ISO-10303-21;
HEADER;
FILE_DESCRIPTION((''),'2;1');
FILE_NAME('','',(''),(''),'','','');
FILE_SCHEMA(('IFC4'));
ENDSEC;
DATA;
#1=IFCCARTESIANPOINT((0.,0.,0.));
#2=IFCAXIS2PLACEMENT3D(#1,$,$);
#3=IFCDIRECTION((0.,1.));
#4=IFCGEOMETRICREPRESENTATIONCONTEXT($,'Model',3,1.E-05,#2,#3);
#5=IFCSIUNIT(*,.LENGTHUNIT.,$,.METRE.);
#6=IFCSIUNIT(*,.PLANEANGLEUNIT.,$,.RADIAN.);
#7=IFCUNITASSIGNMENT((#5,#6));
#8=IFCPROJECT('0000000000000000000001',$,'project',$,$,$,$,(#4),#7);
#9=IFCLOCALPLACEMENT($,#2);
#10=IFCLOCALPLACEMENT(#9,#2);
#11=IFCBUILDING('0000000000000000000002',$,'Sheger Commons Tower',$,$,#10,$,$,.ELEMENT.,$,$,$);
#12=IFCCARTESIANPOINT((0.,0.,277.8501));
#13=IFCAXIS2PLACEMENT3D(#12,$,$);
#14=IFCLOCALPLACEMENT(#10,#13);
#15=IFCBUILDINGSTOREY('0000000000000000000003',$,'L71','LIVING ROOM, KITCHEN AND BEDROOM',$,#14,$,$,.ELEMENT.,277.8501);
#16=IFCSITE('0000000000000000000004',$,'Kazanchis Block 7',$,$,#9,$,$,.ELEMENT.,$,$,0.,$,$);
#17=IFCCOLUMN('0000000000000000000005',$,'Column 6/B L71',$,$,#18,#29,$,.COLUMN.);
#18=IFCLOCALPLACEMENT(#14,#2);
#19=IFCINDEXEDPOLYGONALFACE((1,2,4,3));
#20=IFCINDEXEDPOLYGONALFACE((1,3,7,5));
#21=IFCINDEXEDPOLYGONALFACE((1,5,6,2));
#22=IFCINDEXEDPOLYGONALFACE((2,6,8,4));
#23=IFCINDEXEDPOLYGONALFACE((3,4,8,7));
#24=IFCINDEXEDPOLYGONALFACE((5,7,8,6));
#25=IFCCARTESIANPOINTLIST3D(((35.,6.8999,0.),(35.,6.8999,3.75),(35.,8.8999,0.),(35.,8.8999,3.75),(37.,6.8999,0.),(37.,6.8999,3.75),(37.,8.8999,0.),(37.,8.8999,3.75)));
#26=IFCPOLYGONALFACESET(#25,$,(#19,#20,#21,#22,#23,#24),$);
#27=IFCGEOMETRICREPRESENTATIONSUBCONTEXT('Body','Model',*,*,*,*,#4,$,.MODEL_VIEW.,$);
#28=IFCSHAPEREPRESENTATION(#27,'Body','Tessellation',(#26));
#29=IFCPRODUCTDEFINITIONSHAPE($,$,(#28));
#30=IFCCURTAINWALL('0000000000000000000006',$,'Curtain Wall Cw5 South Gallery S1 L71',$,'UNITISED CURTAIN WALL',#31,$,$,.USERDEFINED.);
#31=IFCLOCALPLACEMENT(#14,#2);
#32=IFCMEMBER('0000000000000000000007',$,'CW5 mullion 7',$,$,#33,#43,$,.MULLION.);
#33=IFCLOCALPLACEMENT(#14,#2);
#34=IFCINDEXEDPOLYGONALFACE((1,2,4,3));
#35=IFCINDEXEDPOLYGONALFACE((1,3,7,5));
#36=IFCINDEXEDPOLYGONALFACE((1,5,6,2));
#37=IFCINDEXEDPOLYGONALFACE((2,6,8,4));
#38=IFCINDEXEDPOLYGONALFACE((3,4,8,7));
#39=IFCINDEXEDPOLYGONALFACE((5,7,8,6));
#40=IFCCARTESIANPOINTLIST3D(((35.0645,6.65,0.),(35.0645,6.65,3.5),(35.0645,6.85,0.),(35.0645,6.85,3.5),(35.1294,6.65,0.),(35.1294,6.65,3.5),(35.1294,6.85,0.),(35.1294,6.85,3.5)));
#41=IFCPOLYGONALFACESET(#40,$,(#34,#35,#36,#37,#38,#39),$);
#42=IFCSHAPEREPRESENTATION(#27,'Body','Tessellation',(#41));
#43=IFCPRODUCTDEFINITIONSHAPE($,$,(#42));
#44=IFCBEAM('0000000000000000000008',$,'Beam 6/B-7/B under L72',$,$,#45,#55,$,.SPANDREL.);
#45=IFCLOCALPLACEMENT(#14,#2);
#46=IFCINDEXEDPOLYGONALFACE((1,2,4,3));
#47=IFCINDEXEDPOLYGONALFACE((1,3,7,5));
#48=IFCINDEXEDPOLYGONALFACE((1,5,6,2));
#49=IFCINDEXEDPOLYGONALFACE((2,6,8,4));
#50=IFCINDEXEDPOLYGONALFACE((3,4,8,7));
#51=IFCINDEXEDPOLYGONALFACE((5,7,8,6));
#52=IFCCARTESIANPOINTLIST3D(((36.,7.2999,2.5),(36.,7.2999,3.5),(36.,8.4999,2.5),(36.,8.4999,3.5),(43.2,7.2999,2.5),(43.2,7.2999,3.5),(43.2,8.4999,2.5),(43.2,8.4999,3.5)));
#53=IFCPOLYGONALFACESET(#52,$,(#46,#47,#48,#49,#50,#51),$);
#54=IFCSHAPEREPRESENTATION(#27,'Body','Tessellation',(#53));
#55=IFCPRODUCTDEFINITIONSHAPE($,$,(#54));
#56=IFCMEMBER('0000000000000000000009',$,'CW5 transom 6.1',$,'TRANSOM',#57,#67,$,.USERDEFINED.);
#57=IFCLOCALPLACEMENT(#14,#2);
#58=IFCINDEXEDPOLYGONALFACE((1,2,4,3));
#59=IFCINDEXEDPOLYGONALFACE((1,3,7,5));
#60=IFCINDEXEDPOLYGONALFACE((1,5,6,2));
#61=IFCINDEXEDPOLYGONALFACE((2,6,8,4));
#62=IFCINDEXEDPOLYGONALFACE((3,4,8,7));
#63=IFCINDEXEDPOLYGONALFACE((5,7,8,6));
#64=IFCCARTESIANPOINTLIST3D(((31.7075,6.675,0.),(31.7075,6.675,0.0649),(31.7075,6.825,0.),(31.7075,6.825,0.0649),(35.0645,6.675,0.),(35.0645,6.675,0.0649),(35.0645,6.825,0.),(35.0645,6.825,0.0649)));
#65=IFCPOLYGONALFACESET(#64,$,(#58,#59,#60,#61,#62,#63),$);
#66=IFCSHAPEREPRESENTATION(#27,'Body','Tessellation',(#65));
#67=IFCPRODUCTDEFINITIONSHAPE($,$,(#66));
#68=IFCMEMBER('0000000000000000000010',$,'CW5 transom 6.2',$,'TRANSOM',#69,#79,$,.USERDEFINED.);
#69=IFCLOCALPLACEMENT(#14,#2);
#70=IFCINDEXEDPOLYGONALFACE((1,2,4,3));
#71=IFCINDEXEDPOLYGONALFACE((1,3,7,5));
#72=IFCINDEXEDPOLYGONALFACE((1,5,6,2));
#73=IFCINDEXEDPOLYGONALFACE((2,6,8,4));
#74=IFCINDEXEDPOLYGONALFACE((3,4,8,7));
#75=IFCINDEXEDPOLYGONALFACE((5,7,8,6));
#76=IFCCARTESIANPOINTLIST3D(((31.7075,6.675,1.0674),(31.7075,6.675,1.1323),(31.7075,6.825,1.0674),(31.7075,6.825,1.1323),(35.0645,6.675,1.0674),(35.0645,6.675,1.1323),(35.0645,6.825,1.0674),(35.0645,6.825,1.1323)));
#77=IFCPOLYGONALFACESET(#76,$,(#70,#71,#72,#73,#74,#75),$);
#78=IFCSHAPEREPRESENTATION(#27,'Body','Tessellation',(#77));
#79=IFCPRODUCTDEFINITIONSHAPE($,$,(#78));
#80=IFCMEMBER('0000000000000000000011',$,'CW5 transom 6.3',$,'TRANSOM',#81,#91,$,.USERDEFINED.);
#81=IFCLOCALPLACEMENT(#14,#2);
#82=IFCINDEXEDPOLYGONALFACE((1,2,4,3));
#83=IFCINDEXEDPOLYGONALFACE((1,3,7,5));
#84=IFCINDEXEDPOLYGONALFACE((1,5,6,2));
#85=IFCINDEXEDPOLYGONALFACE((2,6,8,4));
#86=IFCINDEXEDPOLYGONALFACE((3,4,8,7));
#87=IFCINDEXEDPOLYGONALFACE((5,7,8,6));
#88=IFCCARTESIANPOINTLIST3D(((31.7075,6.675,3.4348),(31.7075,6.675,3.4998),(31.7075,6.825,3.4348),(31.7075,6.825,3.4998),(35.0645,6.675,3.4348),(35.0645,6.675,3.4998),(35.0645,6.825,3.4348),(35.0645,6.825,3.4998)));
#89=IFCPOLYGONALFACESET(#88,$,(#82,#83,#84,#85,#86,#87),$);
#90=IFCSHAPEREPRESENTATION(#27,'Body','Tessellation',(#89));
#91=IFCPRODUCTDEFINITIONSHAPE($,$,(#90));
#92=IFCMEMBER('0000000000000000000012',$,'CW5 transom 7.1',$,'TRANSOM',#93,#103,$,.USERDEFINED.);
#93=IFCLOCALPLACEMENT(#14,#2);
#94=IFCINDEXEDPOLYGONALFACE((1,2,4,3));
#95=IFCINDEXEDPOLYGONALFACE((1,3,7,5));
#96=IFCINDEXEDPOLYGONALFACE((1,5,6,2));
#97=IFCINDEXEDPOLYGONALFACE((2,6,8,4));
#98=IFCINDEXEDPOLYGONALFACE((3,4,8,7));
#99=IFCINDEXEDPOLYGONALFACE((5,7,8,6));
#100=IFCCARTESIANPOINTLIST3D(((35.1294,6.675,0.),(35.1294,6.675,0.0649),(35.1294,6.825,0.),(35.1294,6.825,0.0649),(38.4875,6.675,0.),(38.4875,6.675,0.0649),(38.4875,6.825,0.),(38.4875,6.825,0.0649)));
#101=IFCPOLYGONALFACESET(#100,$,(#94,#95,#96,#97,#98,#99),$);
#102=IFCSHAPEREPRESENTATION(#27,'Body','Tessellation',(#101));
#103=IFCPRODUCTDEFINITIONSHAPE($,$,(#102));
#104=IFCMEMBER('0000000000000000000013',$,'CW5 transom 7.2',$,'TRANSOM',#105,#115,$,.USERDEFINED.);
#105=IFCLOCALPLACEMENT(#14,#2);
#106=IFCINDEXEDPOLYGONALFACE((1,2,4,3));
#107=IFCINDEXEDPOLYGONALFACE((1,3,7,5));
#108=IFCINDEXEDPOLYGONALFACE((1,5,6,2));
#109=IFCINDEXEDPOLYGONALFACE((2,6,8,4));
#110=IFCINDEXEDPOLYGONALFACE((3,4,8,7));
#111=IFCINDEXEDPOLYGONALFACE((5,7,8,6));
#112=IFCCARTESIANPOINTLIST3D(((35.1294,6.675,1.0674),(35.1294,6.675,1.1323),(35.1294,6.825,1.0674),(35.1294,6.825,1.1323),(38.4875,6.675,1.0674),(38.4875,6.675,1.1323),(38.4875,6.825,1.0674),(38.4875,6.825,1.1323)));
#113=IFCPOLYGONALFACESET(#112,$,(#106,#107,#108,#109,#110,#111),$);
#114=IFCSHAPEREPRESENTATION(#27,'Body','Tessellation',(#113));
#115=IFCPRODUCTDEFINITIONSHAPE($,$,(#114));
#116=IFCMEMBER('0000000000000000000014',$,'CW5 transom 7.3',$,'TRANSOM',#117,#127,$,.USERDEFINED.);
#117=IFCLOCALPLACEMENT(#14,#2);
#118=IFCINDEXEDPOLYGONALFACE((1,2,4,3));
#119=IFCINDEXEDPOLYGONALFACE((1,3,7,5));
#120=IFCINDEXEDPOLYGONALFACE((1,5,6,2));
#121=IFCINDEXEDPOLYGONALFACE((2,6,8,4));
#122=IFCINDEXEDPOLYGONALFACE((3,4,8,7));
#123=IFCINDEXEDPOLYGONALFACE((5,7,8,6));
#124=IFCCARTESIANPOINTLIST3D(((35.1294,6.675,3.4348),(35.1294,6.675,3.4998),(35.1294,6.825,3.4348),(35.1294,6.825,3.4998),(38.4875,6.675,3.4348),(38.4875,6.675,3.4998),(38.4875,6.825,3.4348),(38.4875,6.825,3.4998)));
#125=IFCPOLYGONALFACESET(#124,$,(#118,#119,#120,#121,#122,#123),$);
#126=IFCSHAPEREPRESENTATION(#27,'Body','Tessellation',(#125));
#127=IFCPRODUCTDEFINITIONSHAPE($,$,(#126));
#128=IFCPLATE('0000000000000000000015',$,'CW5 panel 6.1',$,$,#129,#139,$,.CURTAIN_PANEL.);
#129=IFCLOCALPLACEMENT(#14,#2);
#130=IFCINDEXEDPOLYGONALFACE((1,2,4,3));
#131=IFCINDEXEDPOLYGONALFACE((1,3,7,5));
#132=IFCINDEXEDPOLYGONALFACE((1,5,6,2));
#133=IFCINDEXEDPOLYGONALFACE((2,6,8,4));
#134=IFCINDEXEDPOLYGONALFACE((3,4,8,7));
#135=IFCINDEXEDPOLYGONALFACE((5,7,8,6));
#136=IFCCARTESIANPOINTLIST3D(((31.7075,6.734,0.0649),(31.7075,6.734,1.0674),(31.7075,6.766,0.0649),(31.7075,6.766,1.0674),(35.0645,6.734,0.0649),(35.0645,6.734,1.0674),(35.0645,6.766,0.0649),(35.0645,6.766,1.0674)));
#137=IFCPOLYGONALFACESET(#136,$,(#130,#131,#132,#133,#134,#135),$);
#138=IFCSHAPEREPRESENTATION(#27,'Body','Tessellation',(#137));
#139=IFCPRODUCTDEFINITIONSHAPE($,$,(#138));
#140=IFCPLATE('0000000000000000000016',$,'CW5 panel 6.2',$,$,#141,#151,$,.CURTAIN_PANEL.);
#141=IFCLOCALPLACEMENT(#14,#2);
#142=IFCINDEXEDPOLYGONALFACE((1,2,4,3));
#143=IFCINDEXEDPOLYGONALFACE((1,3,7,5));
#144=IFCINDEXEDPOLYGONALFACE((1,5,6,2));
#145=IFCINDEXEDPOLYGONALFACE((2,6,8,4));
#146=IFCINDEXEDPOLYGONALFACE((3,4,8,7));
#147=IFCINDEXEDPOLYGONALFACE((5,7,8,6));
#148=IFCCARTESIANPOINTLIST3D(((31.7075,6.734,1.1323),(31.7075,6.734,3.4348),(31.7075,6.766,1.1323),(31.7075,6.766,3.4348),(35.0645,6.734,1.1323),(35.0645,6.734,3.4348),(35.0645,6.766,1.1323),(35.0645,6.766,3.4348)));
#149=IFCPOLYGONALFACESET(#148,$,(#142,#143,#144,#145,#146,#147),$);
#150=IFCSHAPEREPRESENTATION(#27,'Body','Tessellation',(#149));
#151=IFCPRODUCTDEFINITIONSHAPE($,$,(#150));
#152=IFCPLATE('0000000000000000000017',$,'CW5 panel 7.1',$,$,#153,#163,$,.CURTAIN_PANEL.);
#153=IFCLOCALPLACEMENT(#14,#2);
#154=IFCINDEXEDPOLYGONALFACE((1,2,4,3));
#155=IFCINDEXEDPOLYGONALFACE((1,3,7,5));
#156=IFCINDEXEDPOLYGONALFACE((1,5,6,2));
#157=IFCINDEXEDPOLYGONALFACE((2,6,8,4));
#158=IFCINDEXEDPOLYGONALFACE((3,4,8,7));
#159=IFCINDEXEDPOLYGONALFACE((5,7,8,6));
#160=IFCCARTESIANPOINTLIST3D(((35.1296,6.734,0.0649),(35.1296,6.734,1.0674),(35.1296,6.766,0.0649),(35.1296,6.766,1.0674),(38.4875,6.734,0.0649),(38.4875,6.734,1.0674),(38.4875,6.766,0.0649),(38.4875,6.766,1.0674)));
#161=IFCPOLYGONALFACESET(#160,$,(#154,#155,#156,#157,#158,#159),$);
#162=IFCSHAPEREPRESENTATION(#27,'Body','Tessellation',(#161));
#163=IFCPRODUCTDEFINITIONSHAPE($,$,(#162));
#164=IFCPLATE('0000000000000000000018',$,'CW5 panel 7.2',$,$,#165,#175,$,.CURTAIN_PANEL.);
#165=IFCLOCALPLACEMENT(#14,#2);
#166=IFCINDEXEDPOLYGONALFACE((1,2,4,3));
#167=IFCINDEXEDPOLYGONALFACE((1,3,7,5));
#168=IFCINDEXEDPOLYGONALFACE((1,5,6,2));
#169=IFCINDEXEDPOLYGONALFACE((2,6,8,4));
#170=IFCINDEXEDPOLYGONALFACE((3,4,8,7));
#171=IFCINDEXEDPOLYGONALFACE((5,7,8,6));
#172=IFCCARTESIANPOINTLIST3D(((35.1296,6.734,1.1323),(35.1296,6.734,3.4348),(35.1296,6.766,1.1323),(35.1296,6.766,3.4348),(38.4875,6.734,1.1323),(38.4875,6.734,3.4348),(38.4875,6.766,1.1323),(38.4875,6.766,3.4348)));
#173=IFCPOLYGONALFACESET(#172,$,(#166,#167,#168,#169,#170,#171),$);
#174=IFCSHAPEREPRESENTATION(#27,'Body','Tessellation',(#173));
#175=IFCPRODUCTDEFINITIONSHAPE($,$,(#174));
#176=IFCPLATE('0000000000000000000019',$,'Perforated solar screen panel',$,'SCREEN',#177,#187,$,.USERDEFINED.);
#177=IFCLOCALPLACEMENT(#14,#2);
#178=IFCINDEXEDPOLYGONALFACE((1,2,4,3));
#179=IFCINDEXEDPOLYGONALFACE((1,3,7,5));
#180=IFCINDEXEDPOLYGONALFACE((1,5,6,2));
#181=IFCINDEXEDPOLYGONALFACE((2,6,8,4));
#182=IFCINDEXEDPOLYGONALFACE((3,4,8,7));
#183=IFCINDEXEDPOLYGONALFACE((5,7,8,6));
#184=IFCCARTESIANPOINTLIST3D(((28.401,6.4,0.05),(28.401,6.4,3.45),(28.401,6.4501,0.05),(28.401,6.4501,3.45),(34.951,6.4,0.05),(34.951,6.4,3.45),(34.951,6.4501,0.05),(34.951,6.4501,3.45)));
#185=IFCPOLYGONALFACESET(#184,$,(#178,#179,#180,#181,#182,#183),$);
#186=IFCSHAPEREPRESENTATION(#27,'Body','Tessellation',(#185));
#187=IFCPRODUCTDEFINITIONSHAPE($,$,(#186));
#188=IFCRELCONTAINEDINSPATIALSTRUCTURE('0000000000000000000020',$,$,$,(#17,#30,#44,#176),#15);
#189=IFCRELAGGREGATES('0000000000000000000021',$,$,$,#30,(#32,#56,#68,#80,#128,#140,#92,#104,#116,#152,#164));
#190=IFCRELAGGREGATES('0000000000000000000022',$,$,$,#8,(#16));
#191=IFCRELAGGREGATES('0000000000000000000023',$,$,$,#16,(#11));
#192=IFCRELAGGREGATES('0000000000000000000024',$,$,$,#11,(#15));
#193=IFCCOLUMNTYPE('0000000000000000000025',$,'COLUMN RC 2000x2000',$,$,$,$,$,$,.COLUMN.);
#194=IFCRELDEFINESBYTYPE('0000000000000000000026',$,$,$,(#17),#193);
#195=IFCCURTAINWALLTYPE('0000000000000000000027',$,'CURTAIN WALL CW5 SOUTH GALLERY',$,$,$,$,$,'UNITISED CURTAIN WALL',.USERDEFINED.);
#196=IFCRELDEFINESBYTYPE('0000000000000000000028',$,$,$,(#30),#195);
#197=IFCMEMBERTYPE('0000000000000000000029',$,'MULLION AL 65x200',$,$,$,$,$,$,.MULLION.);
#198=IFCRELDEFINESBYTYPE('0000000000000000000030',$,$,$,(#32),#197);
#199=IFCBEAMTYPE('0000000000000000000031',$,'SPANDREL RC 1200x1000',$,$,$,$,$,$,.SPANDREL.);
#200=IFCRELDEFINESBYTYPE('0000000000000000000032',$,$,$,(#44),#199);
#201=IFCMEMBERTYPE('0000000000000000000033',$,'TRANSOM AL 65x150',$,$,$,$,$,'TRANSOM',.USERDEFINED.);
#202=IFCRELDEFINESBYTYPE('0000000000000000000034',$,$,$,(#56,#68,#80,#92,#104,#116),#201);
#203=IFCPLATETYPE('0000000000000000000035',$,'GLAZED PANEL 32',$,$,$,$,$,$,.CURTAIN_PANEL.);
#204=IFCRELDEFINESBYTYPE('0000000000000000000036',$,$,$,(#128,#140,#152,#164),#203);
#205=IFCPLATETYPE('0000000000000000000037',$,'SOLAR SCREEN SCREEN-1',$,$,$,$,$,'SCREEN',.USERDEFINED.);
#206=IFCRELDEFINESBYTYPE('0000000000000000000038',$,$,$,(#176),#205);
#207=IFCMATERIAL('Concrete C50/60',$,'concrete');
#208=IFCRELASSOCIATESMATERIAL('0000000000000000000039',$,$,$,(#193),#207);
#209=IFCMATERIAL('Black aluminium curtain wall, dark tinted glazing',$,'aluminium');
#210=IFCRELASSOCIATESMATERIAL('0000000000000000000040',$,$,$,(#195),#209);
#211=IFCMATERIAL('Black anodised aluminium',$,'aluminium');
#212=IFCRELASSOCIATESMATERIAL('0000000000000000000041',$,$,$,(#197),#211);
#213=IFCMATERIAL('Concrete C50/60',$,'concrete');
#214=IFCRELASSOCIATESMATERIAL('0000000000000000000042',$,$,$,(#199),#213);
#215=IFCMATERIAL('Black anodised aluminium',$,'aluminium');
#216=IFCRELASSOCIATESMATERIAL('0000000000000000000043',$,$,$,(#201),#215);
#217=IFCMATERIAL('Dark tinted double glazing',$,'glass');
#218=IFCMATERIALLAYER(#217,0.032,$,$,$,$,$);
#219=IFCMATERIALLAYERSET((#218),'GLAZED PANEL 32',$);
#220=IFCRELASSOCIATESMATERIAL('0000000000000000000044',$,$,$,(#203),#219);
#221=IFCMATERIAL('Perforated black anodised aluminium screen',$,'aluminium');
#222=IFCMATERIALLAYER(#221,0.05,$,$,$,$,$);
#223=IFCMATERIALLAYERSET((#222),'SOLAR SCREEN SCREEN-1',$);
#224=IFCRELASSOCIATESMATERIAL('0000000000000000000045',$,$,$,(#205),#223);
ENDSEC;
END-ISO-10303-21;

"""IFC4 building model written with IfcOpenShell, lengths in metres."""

from ifc_helpers import new_model, si_unit, direction, frame, origin, origin_2d, place, context, subcontext, project, spatial, rectangle, extrude, material, layer, layer_set, material_profile, profile_set, type_object, element, aggregate, save


model = new_model("IFC4")

# Units and contexts
model_context = context("Model", 3, precision=1e-05, world=origin(), true_north=direction((0.0, 1.0)))
body_context = subcontext(model_context, "Body", "Model", "MODEL_VIEW")
ifc_project = project(units=[si_unit("LENGTHUNIT", "METRE"), si_unit("PLANEANGLEUNIT", "RADIAN")], contexts=[model_context])

# Site, building, storey
site_placement = place(None, origin())
site = spatial("IfcSite", under=ifc_project, at=site_placement, Name="Kazanchis Block 7", CompositionType="ELEMENT", RefElevation=0.0)
building_placement = place(site_placement, origin())
building = spatial("IfcBuilding", under=site, at=building_placement, Name="Sheger Commons Tower", CompositionType="ELEMENT")
storey_placement = place(building_placement, frame((0.0, 0.0, 277.8501)))
storey = spatial("IfcBuildingStorey", under=building, at=storey_placement, Name="L71", Description="LIVING ROOM, KITCHEN AND BEDROOM", CompositionType="ELEMENT", Elevation=277.8501)

# Column
ifc_material_1 = material(Name="Concrete C50/60", Category="concrete")
ifc_material_profile_1 = material_profile(ifc_material_1, rectangle(XDim=2.0, YDim=2.0, at=origin_2d()), Name="RC 2000x2000")
ifc_profile_set_1 = profile_set([ifc_material_profile_1], Name="Concrete C50/60")
column_type = type_object("IfcColumnType", Name="COLUMN RC 2000x2000", PredefinedType="COLUMN", material=ifc_profile_set_1)
column_placement = place(storey_placement, frame((36.0, 7.8999, 0.0), z_axis=(0.0, 0.0, 1.0), x_axis=(1.0, 0.0, 0.0)))
element("IfcColumn", 1, at=column_placement, inside=storey, type_object=column_type, Name="Column 6/B L71", PredefinedType="COLUMN", context=body_context, shape_type="SweptSolid", body=[
    extrude(rectangle(XDim=2.0, YDim=2.0, at=origin_2d()), origin(), (0.0, 0.0, 1.0), 3.75),
])

# Curtain wall, member
ifc_material_2 = material(Name="Black aluminium curtain wall, dark tinted glazing", Category="aluminium")
curtain_wall_type = type_object("IfcCurtainWallType", Name="CURTAIN WALL CW5 SOUTH GALLERY", ElementType="UNITISED CURTAIN WALL", PredefinedType="USERDEFINED", material=ifc_material_2)
curtain_wall_placement = place(storey_placement, origin())
curtain_wall = element("IfcCurtainWall", 2, at=curtain_wall_placement, inside=storey, type_object=curtain_wall_type, Name="Curtain Wall Cw5 South Gallery S1 L71", ObjectType="UNITISED CURTAIN WALL", PredefinedType="USERDEFINED")
ifc_material_3 = material(Name="Black anodised aluminium", Category="aluminium")
ifc_material_profile_2 = material_profile(ifc_material_3, rectangle(XDim=0.2, YDim=0.0649, at=origin_2d()), Name="AL 65x200")
ifc_profile_set_2 = profile_set([ifc_material_profile_2], Name="Black anodised aluminium")
member_type_1 = type_object("IfcMemberType", Name="MULLION AL 65x200", PredefinedType="MULLION", material=ifc_profile_set_2)
member_1_placement = place(storey_placement, frame((35.0969, 6.75, 0.0), z_axis=(0.0, 0.0, 1.0), x_axis=(0.0, 1.0, 0.0)))
member_1 = element("IfcMember", 3, at=member_1_placement, type_object=member_type_1, Name="CW5 mullion 7", PredefinedType="MULLION", context=body_context, shape_type="SweptSolid", body=[
    extrude(rectangle(XDim=0.2, YDim=0.0649, at=origin_2d()), origin(), (0.0, 0.0, 1.0), 3.5),
])

# Beam
ifc_material_4 = material(Name="Concrete C50/60", Category="concrete")
ifc_material_profile_3 = material_profile(ifc_material_4, rectangle(XDim=1.2, YDim=1.0, at=origin_2d()), Name="RC 1200x1000")
ifc_profile_set_3 = profile_set([ifc_material_profile_3], Name="Concrete C50/60")
beam_type = type_object("IfcBeamType", Name="SPANDREL RC 1200x1000", PredefinedType="SPANDREL", material=ifc_profile_set_3)
beam_placement = place(storey_placement, frame((36.0, 7.8999, 3.0), z_axis=(1.0, 0.0, 0.0), x_axis=(0.0, 1.0, 0.0)))
element("IfcBeam", 4, at=beam_placement, inside=storey, type_object=beam_type, Name="Beam 6/B-7/B under L72", PredefinedType="SPANDREL", context=body_context, shape_type="SweptSolid", body=[
    extrude(rectangle(XDim=1.2, YDim=1.0, at=origin_2d()), origin(), (0.0, 0.0, 1.0), 7.2),
])

# Members
ifc_material_5 = material(Name="Black anodised aluminium", Category="aluminium")
ifc_material_profile_4 = material_profile(ifc_material_5, rectangle(XDim=0.1499, YDim=0.0649, at=origin_2d()), Name="AL 65x150")
ifc_profile_set_4 = profile_set([ifc_material_profile_4], Name="Black anodised aluminium")
member_type_2 = type_object("IfcMemberType", Name="TRANSOM AL 65x150", ElementType="TRANSOM", PredefinedType="USERDEFINED", material=ifc_profile_set_4)
member_2_placement = place(storey_placement, frame((31.7075, 6.75, 0.0325), z_axis=(1.0, 0.0, 0.0), x_axis=(0.0, 1.0, 0.0)))
member_2 = element("IfcMember", 5, at=member_2_placement, type_object=member_type_2, Name="CW5 transom 6.1", ObjectType="TRANSOM", PredefinedType="USERDEFINED", context=body_context, shape_type="SweptSolid", body=[
    extrude(rectangle(XDim=0.1499, YDim=0.0649, at=origin_2d()), origin(), (0.0, 0.0, 1.0), 3.3569),
])
member_3_placement = place(storey_placement, frame((31.7075, 6.75, 1.0999), z_axis=(1.0, 0.0, 0.0), x_axis=(0.0, 1.0, 0.0)))
member_3 = element("IfcMember", 6, at=member_3_placement, type_object=member_type_2, Name="CW5 transom 6.2", ObjectType="TRANSOM", PredefinedType="USERDEFINED", context=body_context, shape_type="SweptSolid", body=[
    extrude(rectangle(XDim=0.1499, YDim=0.0649, at=origin_2d()), origin(), (0.0, 0.0, 1.0), 3.3569),
])
member_4_placement = place(storey_placement, frame((31.7075, 6.75, 3.4673), z_axis=(1.0, 0.0, 0.0), x_axis=(0.0, 1.0, 0.0)))
member_4 = element("IfcMember", 7, at=member_4_placement, type_object=member_type_2, Name="CW5 transom 6.3", ObjectType="TRANSOM", PredefinedType="USERDEFINED", context=body_context, shape_type="SweptSolid", body=[
    extrude(rectangle(XDim=0.1499, YDim=0.0649, at=origin_2d()), origin(), (0.0, 0.0, 1.0), 3.3569),
])
member_5_placement = place(storey_placement, frame((35.1294, 6.75, 0.0325), z_axis=(1.0, 0.0, 0.0), x_axis=(0.0, 1.0, 0.0)))
member_5 = element("IfcMember", 8, at=member_5_placement, type_object=member_type_2, Name="CW5 transom 7.1", ObjectType="TRANSOM", PredefinedType="USERDEFINED", context=body_context, shape_type="SweptSolid", body=[
    extrude(rectangle(XDim=0.1499, YDim=0.0649, at=origin_2d()), origin(), (0.0, 0.0, 1.0), 3.3582),
])
member_6_placement = place(storey_placement, frame((35.1294, 6.75, 1.0999), z_axis=(1.0, 0.0, 0.0), x_axis=(0.0, 1.0, 0.0)))
member_6 = element("IfcMember", 9, at=member_6_placement, type_object=member_type_2, Name="CW5 transom 7.2", ObjectType="TRANSOM", PredefinedType="USERDEFINED", context=body_context, shape_type="SweptSolid", body=[
    extrude(rectangle(XDim=0.1499, YDim=0.0649, at=origin_2d()), origin(), (0.0, 0.0, 1.0), 3.3582),
])
member_7_placement = place(storey_placement, frame((35.1294, 6.75, 3.4673), z_axis=(1.0, 0.0, 0.0), x_axis=(0.0, 1.0, 0.0)))
member_7 = element("IfcMember", 10, at=member_7_placement, type_object=member_type_2, Name="CW5 transom 7.3", ObjectType="TRANSOM", PredefinedType="USERDEFINED", context=body_context, shape_type="SweptSolid", body=[
    extrude(rectangle(XDim=0.1499, YDim=0.0649, at=origin_2d()), origin(), (0.0, 0.0, 1.0), 3.3582),
])

# Plates
ifc_material_6 = material(Name="Dark tinted double glazing", Category="glass")
ifc_layer_1 = layer(ifc_material_6, 0.032)
ifc_layer_set_1 = layer_set([ifc_layer_1], Name="GLAZED PANEL 32")
plate_type_1 = type_object("IfcPlateType", Name="GLAZED PANEL 32", PredefinedType="CURTAIN_PANEL", material=ifc_layer_set_1)
plate_1_placement = place(storey_placement, frame((33.386, 6.75, 0.0649), z_axis=(0.0, 0.0, 1.0), x_axis=(1.0, 0.0, 0.0)))
plate_1 = element("IfcPlate", 11, at=plate_1_placement, type_object=plate_type_1, Name="CW5 panel 6.1", PredefinedType="CURTAIN_PANEL", context=body_context, shape_type="SweptSolid", body=[
    extrude(rectangle(XDim=3.3569, YDim=0.032, at=origin_2d()), origin(), (0.0, 0.0, 1.0), 1.0024),
])
plate_2_placement = place(storey_placement, frame((33.386, 6.75, 1.1323), z_axis=(0.0, 0.0, 1.0), x_axis=(1.0, 0.0, 0.0)))
plate_2 = element("IfcPlate", 12, at=plate_2_placement, type_object=plate_type_1, Name="CW5 panel 6.2", PredefinedType="CURTAIN_PANEL", context=body_context, shape_type="SweptSolid", body=[
    extrude(rectangle(XDim=3.3569, YDim=0.032, at=origin_2d()), origin(), (0.0, 0.0, 1.0), 2.3025),
])
plate_3_placement = place(storey_placement, frame((36.8086, 6.75, 0.0649), z_axis=(0.0, 0.0, 1.0), x_axis=(1.0, 0.0, 0.0)))
plate_3 = element("IfcPlate", 13, at=plate_3_placement, type_object=plate_type_1, Name="CW5 panel 7.1", PredefinedType="CURTAIN_PANEL", context=body_context, shape_type="SweptSolid", body=[
    extrude(rectangle(XDim=3.3579, YDim=0.032, at=origin_2d()), origin(), (0.0, 0.0, 1.0), 1.0024),
])
plate_4_placement = place(storey_placement, frame((36.8086, 6.75, 1.1323), z_axis=(0.0, 0.0, 1.0), x_axis=(1.0, 0.0, 0.0)))
plate_4 = element("IfcPlate", 14, at=plate_4_placement, type_object=plate_type_1, Name="CW5 panel 7.2", PredefinedType="CURTAIN_PANEL", context=body_context, shape_type="SweptSolid", body=[
    extrude(rectangle(XDim=3.3579, YDim=0.032, at=origin_2d()), origin(), (0.0, 0.0, 1.0), 2.3025),
])
aggregate(curtain_wall, [member_1, member_2, member_3, member_4, plate_1, plate_2, member_5, member_6, member_7, plate_3, plate_4])
ifc_material_7 = material(Name="Perforated black anodised aluminium screen", Category="aluminium")
ifc_layer_2 = layer(ifc_material_7, 0.05)
ifc_layer_set_2 = layer_set([ifc_layer_2], Name="SOLAR SCREEN SCREEN-1")
plate_type_2 = type_object("IfcPlateType", Name="SOLAR SCREEN SCREEN-1", ElementType="SCREEN", PredefinedType="USERDEFINED", material=ifc_layer_set_2)
plate_5_placement = place(storey_placement, frame((31.676, 6.425, 0.05), z_axis=(0.0, 0.0, 1.0), x_axis=(1.0, 0.0, 0.0)))
element("IfcPlate", 15, at=plate_5_placement, inside=storey, type_object=plate_type_2, Name="Perforated solar screen panel", ObjectType="SCREEN", PredefinedType="USERDEFINED", context=body_context, shape_type="SweptSolid", body=[
    extrude(rectangle(XDim=6.55, YDim=0.05, at=origin_2d()), origin(), (0.0, 0.0, 1.0), 3.3999),
])

save(model, "model.ifc")
